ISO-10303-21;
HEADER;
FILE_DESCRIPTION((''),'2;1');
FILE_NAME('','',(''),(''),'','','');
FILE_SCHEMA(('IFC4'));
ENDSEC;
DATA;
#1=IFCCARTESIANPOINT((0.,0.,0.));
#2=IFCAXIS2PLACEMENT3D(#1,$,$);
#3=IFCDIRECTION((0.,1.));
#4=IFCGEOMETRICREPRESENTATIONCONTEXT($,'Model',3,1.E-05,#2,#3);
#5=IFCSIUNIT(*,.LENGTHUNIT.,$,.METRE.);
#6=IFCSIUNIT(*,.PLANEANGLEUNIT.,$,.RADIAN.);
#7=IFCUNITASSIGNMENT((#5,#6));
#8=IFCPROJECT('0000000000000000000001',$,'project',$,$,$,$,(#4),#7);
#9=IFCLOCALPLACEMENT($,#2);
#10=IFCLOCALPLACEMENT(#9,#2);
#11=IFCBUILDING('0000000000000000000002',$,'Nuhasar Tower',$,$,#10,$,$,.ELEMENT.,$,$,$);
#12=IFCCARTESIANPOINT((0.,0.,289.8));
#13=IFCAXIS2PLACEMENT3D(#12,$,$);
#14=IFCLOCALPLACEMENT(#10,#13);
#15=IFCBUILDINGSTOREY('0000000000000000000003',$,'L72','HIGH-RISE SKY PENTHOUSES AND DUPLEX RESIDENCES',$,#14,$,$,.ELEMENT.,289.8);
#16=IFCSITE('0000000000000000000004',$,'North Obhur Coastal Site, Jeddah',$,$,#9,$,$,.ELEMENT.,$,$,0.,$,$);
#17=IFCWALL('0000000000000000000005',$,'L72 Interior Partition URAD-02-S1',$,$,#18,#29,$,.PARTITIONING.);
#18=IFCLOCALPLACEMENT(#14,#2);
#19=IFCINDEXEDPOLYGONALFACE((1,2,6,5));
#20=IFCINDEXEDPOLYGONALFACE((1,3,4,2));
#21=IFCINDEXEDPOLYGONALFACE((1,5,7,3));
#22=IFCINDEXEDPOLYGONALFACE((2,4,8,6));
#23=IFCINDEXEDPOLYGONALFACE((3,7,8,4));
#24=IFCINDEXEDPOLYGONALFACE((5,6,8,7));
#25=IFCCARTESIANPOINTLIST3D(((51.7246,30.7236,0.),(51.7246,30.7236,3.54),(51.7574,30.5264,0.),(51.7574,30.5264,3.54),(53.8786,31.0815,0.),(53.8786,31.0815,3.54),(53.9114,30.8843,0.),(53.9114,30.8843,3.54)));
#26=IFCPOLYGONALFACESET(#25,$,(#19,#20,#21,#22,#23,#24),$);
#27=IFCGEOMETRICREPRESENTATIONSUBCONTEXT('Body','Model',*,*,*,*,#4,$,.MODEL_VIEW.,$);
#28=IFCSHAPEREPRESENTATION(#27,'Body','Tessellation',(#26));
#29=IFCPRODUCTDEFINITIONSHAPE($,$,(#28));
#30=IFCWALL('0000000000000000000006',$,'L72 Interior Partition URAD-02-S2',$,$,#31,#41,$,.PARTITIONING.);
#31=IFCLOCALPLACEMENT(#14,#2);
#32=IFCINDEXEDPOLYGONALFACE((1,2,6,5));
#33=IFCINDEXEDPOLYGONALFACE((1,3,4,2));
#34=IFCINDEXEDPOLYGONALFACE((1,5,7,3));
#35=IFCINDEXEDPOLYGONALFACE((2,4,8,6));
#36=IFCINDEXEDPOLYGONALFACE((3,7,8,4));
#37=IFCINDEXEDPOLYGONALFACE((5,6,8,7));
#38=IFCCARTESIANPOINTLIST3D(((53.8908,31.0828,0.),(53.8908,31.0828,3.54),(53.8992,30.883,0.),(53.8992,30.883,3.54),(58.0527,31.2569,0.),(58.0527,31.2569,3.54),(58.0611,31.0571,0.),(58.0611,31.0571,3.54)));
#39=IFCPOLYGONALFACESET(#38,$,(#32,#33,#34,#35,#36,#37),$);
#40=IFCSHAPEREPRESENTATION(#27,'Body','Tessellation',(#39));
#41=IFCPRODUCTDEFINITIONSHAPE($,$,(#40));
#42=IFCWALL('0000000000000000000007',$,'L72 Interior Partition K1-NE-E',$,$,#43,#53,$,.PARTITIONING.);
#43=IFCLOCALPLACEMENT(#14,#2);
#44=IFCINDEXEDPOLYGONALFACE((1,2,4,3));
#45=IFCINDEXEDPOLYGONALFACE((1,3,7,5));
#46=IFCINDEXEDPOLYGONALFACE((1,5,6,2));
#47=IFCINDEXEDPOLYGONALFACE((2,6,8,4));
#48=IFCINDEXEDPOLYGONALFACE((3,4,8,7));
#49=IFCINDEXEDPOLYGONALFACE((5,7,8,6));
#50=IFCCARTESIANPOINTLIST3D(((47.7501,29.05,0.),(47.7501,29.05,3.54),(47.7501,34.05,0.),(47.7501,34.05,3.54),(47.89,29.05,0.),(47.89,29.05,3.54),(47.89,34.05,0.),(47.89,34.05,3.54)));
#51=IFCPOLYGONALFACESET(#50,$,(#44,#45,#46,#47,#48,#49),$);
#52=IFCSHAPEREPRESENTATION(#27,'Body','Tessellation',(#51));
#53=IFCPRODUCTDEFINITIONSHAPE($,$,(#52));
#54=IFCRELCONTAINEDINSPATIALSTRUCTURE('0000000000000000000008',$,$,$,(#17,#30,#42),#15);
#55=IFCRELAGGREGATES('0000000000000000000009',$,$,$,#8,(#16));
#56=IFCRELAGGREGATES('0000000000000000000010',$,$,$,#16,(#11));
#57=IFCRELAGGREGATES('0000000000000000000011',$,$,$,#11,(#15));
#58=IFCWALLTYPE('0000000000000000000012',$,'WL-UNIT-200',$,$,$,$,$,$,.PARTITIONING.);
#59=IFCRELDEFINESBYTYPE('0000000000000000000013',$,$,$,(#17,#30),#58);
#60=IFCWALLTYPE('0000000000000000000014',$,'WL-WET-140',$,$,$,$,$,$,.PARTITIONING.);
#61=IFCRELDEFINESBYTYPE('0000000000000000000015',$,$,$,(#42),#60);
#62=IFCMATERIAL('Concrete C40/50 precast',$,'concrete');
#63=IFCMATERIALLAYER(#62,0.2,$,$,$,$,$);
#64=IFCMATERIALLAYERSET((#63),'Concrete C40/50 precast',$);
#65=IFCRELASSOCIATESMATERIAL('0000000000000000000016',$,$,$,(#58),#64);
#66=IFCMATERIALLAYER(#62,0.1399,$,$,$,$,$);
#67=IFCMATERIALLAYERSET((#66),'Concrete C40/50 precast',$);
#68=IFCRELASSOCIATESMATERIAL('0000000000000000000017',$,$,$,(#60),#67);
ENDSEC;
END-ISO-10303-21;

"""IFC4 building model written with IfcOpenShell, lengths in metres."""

from ifc_helpers import new_model, si_unit, direction, frame, frame_2d, origin, place, context, subcontext, project, spatial, rectangle, extrude, material, layer, layer_set, type_object, element, save


model = new_model("IFC4")

# Units and contexts
model_context = context("Model", 3, precision=1e-05, world=origin(), true_north=direction((0.0, 1.0)))
body_context = subcontext(model_context, "Body", "Model", "MODEL_VIEW")
ifc_project = project(units=[si_unit("LENGTHUNIT", "METRE"), si_unit("PLANEANGLEUNIT", "RADIAN")], contexts=[model_context])

# Site, building, storey
site_placement = place(None, origin())
site = spatial("IfcSite", under=ifc_project, at=site_placement, Name="North Obhur Coastal Site, Jeddah", CompositionType="ELEMENT", RefElevation=0.0)
building_placement = place(site_placement, origin())
building = spatial("IfcBuilding", under=site, at=building_placement, Name="Nuhasar Tower", CompositionType="ELEMENT")
storey_placement = place(building_placement, frame((0.0, 0.0, 289.8)))
storey = spatial("IfcBuildingStorey", under=building, at=storey_placement, Name="L72", Description="HIGH-RISE SKY PENTHOUSES AND DUPLEX RESIDENCES", CompositionType="ELEMENT", Elevation=289.8)

# Walls
ifc_material_1 = material(Name="Concrete C40/50 precast", Category="concrete")
ifc_layer_1 = layer(ifc_material_1, 0.2)
ifc_layer_set_1 = layer_set([ifc_layer_1], Name="Concrete C40/50 precast")
wall_type_1 = type_object("IfcWallType", Name="WL-UNIT-200", PredefinedType="PARTITIONING", material=ifc_layer_set_1)
wall_1_placement = place(storey_placement, frame((51.741, 30.625, 0.0), z_axis=(0.0, 0.0, 1.0), x_axis=(0.986475, 0.163909, 0.0)))
element("IfcWall", 1, at=wall_1_placement, inside=storey, type_object=wall_type_1, Name="L72 Interior Partition URAD-02-S1", PredefinedType="PARTITIONING", context=body_context, shape_type="SweptSolid", body=[
    extrude(rectangle(XDim=2.1836, YDim=0.2, at=frame_2d((1.0918, 0.0))), origin(), (0.0, 0.0, 1.0), 3.54),
])
wall_2_placement = place(storey_placement, frame((53.895, 30.9829, 0.0), z_axis=(0.0, 0.0, 1.0), x_axis=(0.999126, 0.041789, 0.0)))
element("IfcWall", 2, at=wall_2_placement, inside=storey, type_object=wall_type_1, Name="L72 Interior Partition URAD-02-S2", PredefinedType="PARTITIONING", context=body_context, shape_type="SweptSolid", body=[
    extrude(rectangle(XDim=4.1655, YDim=0.2, at=frame_2d((2.0828, 0.0))), origin(), (0.0, 0.0, 1.0), 3.54),
])
ifc_layer_2 = layer(ifc_material_1, 0.1399)
ifc_layer_set_2 = layer_set([ifc_layer_2], Name="Concrete C40/50 precast")
wall_type_2 = type_object("IfcWallType", Name="WL-WET-140", PredefinedType="PARTITIONING", material=ifc_layer_set_2)
wall_3_placement = place(storey_placement, frame((47.8201, 29.05, 0.0), z_axis=(0.0, 0.0, 1.0), x_axis=(0.0, 1.0, 0.0)))
element("IfcWall", 3, at=wall_3_placement, inside=storey, type_object=wall_type_2, Name="L72 Interior Partition K1-NE-E", PredefinedType="PARTITIONING", context=body_context, shape_type="SweptSolid", body=[
    extrude(rectangle(XDim=5.0, YDim=0.1399, at=frame_2d((2.5, 0.0))), origin(), (0.0, 0.0, 1.0), 3.54),
])

save(model, "model.ifc")
